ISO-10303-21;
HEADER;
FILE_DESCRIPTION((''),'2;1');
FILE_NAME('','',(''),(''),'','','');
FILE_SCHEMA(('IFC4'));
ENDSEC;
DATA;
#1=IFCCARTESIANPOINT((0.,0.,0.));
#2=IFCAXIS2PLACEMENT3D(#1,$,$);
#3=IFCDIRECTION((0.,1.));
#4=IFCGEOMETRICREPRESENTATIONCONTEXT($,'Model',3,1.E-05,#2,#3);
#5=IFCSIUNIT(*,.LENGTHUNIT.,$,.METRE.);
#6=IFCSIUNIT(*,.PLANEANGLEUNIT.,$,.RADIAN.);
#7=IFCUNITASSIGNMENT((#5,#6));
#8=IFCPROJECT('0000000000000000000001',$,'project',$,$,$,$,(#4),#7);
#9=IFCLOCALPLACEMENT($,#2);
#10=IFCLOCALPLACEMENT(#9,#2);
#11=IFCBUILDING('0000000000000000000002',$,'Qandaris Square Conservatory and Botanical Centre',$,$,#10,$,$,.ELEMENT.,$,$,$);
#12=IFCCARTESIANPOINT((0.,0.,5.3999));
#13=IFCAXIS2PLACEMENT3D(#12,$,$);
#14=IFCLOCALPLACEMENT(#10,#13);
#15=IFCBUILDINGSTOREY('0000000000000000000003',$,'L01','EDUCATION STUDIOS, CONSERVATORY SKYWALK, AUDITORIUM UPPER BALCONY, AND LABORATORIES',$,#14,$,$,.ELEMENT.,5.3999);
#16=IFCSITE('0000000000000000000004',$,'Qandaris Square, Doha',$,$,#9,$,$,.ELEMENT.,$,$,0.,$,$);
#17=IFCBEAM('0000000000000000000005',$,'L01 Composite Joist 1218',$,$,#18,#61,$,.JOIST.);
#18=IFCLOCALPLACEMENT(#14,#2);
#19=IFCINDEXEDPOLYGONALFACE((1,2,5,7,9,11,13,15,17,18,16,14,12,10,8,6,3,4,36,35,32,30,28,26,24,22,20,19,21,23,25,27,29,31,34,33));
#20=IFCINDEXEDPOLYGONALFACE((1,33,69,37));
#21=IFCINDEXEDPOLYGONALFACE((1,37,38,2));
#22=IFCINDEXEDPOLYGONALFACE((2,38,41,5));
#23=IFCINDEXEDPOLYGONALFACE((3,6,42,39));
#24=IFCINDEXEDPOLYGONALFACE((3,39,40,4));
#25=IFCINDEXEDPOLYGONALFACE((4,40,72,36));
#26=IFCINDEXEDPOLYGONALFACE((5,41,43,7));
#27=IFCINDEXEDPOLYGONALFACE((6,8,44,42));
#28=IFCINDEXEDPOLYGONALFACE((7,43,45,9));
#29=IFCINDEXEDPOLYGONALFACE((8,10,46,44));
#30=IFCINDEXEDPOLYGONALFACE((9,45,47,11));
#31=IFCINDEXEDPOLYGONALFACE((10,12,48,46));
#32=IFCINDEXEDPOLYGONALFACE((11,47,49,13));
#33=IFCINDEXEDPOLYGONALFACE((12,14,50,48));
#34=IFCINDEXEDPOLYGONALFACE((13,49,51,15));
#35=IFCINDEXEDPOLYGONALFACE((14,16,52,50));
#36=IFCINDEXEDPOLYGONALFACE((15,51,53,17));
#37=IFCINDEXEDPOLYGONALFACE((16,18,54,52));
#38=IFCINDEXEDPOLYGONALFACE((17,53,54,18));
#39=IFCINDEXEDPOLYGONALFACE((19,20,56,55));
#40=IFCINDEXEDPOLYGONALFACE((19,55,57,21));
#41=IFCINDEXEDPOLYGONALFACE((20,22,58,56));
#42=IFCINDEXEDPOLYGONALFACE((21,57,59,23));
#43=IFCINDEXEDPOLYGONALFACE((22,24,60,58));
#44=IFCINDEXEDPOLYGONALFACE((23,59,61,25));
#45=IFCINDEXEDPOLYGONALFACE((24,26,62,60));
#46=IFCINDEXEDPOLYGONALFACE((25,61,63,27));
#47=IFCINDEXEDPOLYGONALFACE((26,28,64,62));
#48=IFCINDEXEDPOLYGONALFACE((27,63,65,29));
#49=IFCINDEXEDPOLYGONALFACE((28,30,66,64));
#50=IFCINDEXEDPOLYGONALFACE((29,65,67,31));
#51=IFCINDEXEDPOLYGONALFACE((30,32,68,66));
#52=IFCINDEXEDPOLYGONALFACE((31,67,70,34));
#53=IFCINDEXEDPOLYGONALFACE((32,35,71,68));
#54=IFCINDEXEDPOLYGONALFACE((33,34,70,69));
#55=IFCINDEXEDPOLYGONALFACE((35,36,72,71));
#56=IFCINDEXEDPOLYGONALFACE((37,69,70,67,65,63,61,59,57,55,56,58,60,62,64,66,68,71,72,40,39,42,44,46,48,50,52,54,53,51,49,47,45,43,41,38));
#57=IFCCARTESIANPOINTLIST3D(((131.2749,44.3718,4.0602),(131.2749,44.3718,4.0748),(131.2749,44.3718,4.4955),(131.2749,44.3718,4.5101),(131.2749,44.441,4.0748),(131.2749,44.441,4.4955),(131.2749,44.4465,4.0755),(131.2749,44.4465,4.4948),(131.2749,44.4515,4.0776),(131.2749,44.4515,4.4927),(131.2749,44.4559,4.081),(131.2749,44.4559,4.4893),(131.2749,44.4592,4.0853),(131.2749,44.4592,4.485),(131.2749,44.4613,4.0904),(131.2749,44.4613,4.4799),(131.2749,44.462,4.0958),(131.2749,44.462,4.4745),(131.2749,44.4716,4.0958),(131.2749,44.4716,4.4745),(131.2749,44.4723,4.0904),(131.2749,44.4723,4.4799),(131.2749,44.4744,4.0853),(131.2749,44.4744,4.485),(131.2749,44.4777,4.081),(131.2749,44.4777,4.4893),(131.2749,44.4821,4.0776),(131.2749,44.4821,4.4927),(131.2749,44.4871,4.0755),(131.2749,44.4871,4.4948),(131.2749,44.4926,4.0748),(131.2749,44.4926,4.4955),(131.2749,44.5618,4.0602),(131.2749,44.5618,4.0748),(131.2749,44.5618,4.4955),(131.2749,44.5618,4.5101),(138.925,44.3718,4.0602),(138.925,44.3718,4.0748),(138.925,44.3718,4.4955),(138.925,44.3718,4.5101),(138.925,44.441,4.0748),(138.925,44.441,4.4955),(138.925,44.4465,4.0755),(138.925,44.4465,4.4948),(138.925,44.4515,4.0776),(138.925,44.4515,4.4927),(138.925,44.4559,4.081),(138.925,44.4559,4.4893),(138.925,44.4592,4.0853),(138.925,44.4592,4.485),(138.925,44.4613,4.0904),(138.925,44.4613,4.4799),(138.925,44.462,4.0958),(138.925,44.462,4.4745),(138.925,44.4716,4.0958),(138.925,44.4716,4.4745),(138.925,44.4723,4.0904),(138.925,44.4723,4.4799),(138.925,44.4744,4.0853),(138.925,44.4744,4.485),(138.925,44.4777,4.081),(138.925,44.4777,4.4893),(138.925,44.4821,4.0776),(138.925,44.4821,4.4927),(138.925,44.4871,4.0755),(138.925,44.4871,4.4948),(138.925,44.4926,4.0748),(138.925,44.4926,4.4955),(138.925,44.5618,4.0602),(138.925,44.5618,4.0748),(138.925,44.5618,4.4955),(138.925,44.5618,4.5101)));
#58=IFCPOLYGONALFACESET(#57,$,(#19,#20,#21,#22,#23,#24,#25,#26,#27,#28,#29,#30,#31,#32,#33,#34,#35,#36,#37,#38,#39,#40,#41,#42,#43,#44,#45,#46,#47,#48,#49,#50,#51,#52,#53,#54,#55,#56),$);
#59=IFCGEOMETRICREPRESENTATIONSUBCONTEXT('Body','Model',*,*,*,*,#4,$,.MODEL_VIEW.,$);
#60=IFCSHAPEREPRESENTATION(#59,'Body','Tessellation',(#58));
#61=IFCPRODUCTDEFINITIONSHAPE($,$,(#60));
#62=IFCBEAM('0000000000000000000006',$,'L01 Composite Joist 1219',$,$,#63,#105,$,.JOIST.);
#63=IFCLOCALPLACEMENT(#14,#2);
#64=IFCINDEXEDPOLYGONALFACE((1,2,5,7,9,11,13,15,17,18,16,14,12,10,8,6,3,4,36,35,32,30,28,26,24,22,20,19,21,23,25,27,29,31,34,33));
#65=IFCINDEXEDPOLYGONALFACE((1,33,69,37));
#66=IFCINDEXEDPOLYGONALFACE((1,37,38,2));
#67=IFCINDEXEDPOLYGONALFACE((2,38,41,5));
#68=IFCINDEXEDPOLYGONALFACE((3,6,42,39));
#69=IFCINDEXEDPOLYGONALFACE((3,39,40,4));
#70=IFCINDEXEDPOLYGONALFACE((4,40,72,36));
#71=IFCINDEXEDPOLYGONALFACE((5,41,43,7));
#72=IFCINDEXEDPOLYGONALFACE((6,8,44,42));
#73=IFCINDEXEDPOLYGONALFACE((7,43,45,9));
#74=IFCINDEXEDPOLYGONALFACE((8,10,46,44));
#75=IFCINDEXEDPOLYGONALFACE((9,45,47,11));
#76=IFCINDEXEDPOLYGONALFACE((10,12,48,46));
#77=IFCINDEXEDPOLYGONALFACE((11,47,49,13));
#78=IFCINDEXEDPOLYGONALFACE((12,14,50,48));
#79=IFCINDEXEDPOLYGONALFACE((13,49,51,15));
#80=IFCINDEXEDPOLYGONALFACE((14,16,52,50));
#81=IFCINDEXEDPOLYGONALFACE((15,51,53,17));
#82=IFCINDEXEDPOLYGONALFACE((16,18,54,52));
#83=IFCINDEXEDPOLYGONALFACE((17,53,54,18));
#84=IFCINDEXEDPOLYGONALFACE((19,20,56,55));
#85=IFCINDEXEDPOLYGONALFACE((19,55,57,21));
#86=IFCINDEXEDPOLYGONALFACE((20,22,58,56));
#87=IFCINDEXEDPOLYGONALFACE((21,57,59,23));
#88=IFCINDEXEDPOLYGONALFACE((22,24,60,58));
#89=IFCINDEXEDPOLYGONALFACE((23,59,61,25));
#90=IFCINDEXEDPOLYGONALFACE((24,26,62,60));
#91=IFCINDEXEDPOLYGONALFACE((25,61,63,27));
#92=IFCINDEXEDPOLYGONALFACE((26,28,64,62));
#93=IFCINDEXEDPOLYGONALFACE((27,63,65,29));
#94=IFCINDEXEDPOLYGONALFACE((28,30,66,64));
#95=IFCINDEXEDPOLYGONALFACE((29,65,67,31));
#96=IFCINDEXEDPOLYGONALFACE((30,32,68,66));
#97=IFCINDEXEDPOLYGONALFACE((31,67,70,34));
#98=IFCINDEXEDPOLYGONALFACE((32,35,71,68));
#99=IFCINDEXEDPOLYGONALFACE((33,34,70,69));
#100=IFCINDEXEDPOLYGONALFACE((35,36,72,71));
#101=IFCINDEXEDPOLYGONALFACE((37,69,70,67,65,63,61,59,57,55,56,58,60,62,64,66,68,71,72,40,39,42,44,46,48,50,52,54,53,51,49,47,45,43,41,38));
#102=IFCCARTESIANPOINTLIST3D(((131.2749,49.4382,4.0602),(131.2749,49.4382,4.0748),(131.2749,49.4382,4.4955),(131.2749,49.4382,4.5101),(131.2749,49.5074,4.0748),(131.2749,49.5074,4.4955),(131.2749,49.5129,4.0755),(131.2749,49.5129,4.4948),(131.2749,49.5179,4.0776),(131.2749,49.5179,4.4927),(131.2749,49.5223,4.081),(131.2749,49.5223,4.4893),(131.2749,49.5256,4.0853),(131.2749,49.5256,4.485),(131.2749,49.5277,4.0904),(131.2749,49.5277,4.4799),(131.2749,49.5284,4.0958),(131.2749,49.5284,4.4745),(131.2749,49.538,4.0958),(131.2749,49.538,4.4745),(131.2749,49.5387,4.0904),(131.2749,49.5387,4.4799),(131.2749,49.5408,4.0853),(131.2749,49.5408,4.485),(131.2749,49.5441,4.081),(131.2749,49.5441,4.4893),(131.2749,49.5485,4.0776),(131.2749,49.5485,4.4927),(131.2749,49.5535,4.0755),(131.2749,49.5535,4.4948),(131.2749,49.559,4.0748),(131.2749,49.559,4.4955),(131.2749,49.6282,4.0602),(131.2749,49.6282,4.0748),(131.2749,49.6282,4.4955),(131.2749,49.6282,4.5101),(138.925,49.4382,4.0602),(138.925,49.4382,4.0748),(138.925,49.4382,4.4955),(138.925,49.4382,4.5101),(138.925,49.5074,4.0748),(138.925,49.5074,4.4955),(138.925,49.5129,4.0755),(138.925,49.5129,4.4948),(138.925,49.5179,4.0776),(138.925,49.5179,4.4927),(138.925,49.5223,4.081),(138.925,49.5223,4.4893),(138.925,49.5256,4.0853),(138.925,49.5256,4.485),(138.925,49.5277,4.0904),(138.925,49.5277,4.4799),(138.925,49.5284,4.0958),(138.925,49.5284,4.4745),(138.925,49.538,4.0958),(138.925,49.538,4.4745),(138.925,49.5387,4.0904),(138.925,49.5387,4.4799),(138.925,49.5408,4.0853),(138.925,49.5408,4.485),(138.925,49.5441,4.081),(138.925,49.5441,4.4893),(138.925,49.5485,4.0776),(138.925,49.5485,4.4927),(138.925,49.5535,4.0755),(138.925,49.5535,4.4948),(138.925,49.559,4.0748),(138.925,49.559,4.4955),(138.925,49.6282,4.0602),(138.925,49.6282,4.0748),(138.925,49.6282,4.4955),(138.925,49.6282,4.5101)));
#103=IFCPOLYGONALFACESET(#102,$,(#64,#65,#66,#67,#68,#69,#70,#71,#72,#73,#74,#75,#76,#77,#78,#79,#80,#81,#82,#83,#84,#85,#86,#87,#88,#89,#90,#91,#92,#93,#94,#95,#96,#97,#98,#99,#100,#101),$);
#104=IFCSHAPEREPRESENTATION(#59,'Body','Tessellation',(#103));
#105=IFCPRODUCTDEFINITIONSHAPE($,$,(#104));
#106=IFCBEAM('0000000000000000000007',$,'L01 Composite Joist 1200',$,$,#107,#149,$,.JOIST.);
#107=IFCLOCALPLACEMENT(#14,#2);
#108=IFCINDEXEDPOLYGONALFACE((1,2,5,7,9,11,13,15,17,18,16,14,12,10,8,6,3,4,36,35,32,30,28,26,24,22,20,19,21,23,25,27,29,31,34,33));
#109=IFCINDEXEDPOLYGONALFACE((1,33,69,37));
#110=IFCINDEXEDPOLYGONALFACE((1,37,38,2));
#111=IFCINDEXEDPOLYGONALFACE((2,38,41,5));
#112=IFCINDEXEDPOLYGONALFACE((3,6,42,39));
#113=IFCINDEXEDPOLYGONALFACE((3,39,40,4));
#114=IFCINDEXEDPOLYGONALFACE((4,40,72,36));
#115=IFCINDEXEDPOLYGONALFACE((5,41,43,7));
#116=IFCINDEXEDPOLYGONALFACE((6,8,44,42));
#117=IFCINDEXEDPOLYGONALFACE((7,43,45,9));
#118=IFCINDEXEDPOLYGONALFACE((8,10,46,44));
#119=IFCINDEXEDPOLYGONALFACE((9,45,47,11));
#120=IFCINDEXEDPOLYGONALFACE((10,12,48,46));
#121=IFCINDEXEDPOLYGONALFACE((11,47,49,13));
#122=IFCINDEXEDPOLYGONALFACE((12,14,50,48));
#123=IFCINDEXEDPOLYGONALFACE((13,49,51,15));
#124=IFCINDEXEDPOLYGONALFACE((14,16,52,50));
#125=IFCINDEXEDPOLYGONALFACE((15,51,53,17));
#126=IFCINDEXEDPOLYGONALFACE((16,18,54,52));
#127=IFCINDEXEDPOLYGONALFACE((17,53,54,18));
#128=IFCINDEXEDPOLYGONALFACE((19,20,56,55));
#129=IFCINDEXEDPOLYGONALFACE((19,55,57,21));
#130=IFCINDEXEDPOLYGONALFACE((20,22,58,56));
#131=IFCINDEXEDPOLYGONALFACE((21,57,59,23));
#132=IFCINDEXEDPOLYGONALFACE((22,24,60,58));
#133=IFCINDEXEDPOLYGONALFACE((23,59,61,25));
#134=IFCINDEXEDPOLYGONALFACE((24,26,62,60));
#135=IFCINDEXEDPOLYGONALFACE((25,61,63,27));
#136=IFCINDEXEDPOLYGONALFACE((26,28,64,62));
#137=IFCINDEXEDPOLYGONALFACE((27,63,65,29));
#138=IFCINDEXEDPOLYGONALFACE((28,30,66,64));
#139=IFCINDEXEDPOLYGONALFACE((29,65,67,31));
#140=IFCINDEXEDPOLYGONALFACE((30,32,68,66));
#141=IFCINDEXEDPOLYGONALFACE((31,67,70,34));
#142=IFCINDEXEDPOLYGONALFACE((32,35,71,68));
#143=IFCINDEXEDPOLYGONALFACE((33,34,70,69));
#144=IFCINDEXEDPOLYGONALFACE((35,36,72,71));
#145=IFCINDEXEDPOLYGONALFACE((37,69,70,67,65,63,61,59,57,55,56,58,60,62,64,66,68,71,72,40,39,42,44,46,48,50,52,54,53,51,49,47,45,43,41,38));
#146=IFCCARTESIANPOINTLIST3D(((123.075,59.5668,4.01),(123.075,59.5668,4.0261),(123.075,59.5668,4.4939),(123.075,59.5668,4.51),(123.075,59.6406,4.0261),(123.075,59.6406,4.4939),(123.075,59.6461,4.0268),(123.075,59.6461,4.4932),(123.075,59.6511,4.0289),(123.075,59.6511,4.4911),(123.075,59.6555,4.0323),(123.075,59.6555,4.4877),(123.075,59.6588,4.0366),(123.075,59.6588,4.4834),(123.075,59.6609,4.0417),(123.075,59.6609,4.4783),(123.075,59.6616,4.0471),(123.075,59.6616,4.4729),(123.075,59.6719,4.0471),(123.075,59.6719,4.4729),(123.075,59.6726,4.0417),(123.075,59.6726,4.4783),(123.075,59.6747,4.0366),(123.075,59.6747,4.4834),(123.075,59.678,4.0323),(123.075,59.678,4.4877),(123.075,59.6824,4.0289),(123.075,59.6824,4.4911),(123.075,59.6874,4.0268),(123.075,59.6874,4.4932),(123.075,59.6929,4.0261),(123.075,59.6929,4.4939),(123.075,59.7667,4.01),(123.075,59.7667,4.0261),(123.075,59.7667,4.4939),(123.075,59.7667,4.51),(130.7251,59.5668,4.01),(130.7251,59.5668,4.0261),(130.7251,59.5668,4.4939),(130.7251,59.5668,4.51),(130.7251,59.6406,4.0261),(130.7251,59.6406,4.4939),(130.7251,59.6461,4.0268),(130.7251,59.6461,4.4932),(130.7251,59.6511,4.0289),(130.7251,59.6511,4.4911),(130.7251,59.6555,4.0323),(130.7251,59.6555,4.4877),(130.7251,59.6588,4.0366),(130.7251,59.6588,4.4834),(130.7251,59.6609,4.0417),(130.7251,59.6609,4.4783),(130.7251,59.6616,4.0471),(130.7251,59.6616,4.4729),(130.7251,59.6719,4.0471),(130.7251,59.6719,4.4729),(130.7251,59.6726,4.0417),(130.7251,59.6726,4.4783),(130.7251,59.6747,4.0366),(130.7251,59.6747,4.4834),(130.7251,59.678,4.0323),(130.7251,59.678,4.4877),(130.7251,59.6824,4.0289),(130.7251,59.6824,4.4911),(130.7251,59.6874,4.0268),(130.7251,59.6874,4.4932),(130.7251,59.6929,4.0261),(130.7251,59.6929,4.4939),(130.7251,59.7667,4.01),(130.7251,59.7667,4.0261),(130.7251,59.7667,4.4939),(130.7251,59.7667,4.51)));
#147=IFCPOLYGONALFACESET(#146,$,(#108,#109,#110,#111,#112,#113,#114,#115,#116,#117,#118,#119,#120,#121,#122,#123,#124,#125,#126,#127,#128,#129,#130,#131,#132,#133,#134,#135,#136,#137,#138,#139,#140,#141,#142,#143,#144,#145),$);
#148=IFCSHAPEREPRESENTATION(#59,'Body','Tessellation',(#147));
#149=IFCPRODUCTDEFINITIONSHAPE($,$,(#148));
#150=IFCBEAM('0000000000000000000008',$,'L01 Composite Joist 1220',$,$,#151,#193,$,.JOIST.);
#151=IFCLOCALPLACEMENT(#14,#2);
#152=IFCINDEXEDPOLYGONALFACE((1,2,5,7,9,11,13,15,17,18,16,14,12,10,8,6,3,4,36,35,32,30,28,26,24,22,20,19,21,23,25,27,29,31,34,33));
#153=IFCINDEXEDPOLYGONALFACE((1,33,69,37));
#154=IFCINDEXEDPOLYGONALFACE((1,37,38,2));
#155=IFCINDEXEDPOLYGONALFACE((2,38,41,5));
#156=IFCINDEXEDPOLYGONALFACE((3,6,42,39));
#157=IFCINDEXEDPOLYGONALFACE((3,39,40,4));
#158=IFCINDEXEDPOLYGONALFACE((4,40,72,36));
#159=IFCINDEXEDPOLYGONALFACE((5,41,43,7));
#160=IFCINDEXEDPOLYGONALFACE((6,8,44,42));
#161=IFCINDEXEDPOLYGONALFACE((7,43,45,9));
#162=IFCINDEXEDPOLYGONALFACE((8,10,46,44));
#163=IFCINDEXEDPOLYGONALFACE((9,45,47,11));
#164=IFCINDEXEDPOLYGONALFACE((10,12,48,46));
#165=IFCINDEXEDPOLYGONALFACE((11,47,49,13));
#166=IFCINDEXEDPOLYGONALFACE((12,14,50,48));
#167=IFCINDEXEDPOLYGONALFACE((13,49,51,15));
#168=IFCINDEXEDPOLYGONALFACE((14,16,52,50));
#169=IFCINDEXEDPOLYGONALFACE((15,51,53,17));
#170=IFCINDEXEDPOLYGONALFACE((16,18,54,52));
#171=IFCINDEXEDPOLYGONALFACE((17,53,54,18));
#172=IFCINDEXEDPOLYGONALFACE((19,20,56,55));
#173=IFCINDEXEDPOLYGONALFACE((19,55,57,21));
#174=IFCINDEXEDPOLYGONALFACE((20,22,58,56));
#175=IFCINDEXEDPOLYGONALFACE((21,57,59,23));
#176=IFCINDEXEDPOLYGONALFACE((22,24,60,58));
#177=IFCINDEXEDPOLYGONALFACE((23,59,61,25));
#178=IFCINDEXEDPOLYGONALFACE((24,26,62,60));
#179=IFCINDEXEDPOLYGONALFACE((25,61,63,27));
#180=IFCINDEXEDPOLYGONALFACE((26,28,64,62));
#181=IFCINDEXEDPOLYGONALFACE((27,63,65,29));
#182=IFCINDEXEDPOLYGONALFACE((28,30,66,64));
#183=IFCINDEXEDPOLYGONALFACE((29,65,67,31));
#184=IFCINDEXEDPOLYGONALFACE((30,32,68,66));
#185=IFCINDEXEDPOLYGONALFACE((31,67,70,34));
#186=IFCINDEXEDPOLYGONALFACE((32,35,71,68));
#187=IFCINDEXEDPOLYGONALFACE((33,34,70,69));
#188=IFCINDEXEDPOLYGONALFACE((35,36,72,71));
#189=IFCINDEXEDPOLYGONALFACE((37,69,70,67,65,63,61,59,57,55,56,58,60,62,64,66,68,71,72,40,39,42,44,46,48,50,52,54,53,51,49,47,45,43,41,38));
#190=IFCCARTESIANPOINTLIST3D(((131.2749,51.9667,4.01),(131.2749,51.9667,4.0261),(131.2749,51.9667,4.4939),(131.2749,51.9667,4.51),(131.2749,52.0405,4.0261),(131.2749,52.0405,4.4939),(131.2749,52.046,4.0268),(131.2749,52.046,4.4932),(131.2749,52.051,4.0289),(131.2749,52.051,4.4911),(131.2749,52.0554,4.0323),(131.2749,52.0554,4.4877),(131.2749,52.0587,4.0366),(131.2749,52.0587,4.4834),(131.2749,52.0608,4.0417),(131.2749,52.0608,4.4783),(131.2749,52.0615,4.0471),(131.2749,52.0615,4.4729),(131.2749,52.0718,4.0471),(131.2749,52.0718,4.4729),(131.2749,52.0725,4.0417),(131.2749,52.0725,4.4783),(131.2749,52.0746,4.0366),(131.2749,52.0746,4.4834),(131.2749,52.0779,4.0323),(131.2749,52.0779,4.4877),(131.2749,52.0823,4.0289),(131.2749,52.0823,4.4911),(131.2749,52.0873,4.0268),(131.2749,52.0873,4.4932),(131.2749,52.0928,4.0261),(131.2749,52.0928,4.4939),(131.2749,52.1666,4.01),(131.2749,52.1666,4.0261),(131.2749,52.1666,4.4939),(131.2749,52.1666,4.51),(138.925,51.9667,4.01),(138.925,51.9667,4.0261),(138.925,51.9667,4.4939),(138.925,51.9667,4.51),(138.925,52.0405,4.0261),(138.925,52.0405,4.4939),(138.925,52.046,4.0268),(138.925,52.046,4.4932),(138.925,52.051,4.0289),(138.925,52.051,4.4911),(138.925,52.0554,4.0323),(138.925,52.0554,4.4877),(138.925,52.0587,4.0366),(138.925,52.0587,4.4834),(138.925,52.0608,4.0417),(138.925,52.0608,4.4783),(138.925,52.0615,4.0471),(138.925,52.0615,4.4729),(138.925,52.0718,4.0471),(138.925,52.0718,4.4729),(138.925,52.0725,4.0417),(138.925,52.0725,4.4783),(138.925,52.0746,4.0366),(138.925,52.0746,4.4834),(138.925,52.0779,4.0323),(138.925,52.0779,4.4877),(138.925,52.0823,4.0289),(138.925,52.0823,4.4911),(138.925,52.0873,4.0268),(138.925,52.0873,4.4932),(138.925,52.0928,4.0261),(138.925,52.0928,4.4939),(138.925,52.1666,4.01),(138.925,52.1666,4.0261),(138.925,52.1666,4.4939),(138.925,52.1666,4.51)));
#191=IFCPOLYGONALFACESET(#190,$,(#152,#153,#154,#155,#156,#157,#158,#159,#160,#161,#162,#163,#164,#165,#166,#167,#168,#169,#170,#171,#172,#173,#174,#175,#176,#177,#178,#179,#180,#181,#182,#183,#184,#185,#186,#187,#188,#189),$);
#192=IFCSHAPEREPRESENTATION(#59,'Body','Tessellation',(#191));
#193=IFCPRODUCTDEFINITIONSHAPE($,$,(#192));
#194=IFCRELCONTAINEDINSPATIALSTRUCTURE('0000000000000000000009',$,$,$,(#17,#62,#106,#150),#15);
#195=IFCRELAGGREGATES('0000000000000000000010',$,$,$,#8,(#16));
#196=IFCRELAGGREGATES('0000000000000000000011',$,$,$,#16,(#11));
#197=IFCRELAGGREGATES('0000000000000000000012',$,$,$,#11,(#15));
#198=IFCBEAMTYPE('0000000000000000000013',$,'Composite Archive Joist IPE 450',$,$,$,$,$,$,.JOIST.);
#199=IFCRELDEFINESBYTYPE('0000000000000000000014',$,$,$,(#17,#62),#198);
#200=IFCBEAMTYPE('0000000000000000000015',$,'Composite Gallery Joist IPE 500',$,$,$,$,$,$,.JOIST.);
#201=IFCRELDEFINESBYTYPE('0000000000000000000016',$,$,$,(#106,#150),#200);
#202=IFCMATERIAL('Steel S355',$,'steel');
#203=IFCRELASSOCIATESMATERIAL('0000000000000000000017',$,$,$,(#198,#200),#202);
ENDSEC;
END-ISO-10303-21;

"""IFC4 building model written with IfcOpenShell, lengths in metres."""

from ifc_helpers import new_model, si_unit, direction, frame, origin, origin_2d, place, context, subcontext, project, spatial, i_section, extrude, material, material_profile, profile_set, type_object, element, save


model = new_model("IFC4")

# Units and contexts
model_context = context("Model", 3, precision=1e-05, world=origin(), true_north=direction((0.0, 1.0)))
body_context = subcontext(model_context, "Body", "Model", "MODEL_VIEW")
ifc_project = project(units=[si_unit("LENGTHUNIT", "METRE"), si_unit("PLANEANGLEUNIT", "RADIAN")], contexts=[model_context])

# Site, building, storey
site_placement = place(None, origin())
site = spatial("IfcSite", under=ifc_project, at=site_placement, Name="Qandaris Square, Doha", CompositionType="ELEMENT", RefElevation=0.0)
building_placement = place(site_placement, origin())
building = spatial("IfcBuilding", under=site, at=building_placement, Name="Qandaris Square Conservatory and Botanical Centre", CompositionType="ELEMENT")
storey_placement = place(building_placement, frame((0.0, 0.0, 5.3999)))
storey = spatial("IfcBuildingStorey", under=building, at=storey_placement, Name="L01", Description="EDUCATION STUDIOS, CONSERVATORY SKYWALK, AUDITORIUM UPPER BALCONY, AND LABORATORIES", CompositionType="ELEMENT", Elevation=5.3999)

# Beams
ifc_material_1 = material(Name="Steel S355", Category="steel")
ifc_material_profile_1 = material_profile(ifc_material_1, i_section(OverallWidth=0.1899, OverallDepth=0.45, WebThickness=0.0095, FlangeThickness=0.0146, FilletRadius=0.021, at=origin_2d()), Name="IPE 450")
ifc_profile_set_1 = profile_set([ifc_material_profile_1], Name="Steel S355")
beam_type_1 = type_object("IfcBeamType", Name="Composite Archive Joist IPE 450", PredefinedType="JOIST", material=ifc_profile_set_1)
for number, where, z_axis, x_axis, name in (
    (1, (131.2749, 44.4668, 4.2852), (1.0, 0.0, 0.0), (0.0, 1.0, 0.0), "L01 Composite Joist 1218"),
    (2, (131.2749, 49.5332, 4.2852), (1.0, 0.0, 0.0), (0.0, 1.0, 0.0), "L01 Composite Joist 1219"),
):
    element("IfcBeam", number, at=place(storey_placement, frame(where, z_axis=z_axis, x_axis=x_axis)), inside=storey, type_object=beam_type_1, Name=name, PredefinedType="JOIST", context=body_context, shape_type="SweptSolid", body=[
        extrude(i_section(OverallWidth=0.1899, OverallDepth=0.45, WebThickness=0.0095, FlangeThickness=0.0146, FilletRadius=0.021, at=origin_2d()), origin(), (0.0, 0.0, 1.0), 7.6501),
    ])
ifc_material_profile_2 = material_profile(ifc_material_1, i_section(OverallWidth=0.2, OverallDepth=0.5, WebThickness=0.0103, FlangeThickness=0.0161, FilletRadius=0.021, at=origin_2d()), Name="IPE 500")
ifc_profile_set_2 = profile_set([ifc_material_profile_2], Name="Steel S355")
beam_type_2 = type_object("IfcBeamType", Name="Composite Gallery Joist IPE 500", PredefinedType="JOIST", material=ifc_profile_set_2)
for number, where, z_axis, x_axis, name in (
    (3, (123.075, 59.6667, 4.26), (1.0, 0.0, 0.0), (0.0, 1.0, 0.0), "L01 Composite Joist 1200"),
    (4, (131.2749, 52.0667, 4.26), (1.0, 0.0, 0.0), (0.0, 1.0, 0.0), "L01 Composite Joist 1220"),
):
    element("IfcBeam", number, at=place(storey_placement, frame(where, z_axis=z_axis, x_axis=x_axis)), inside=storey, type_object=beam_type_2, Name=name, PredefinedType="JOIST", context=body_context, shape_type="SweptSolid", body=[
        extrude(i_section(OverallWidth=0.2, OverallDepth=0.5, WebThickness=0.0103, FlangeThickness=0.0161, FilletRadius=0.021, at=origin_2d()), origin(), (0.0, 0.0, 1.0), 7.6501),
    ])

save(model, "model.ifc")
